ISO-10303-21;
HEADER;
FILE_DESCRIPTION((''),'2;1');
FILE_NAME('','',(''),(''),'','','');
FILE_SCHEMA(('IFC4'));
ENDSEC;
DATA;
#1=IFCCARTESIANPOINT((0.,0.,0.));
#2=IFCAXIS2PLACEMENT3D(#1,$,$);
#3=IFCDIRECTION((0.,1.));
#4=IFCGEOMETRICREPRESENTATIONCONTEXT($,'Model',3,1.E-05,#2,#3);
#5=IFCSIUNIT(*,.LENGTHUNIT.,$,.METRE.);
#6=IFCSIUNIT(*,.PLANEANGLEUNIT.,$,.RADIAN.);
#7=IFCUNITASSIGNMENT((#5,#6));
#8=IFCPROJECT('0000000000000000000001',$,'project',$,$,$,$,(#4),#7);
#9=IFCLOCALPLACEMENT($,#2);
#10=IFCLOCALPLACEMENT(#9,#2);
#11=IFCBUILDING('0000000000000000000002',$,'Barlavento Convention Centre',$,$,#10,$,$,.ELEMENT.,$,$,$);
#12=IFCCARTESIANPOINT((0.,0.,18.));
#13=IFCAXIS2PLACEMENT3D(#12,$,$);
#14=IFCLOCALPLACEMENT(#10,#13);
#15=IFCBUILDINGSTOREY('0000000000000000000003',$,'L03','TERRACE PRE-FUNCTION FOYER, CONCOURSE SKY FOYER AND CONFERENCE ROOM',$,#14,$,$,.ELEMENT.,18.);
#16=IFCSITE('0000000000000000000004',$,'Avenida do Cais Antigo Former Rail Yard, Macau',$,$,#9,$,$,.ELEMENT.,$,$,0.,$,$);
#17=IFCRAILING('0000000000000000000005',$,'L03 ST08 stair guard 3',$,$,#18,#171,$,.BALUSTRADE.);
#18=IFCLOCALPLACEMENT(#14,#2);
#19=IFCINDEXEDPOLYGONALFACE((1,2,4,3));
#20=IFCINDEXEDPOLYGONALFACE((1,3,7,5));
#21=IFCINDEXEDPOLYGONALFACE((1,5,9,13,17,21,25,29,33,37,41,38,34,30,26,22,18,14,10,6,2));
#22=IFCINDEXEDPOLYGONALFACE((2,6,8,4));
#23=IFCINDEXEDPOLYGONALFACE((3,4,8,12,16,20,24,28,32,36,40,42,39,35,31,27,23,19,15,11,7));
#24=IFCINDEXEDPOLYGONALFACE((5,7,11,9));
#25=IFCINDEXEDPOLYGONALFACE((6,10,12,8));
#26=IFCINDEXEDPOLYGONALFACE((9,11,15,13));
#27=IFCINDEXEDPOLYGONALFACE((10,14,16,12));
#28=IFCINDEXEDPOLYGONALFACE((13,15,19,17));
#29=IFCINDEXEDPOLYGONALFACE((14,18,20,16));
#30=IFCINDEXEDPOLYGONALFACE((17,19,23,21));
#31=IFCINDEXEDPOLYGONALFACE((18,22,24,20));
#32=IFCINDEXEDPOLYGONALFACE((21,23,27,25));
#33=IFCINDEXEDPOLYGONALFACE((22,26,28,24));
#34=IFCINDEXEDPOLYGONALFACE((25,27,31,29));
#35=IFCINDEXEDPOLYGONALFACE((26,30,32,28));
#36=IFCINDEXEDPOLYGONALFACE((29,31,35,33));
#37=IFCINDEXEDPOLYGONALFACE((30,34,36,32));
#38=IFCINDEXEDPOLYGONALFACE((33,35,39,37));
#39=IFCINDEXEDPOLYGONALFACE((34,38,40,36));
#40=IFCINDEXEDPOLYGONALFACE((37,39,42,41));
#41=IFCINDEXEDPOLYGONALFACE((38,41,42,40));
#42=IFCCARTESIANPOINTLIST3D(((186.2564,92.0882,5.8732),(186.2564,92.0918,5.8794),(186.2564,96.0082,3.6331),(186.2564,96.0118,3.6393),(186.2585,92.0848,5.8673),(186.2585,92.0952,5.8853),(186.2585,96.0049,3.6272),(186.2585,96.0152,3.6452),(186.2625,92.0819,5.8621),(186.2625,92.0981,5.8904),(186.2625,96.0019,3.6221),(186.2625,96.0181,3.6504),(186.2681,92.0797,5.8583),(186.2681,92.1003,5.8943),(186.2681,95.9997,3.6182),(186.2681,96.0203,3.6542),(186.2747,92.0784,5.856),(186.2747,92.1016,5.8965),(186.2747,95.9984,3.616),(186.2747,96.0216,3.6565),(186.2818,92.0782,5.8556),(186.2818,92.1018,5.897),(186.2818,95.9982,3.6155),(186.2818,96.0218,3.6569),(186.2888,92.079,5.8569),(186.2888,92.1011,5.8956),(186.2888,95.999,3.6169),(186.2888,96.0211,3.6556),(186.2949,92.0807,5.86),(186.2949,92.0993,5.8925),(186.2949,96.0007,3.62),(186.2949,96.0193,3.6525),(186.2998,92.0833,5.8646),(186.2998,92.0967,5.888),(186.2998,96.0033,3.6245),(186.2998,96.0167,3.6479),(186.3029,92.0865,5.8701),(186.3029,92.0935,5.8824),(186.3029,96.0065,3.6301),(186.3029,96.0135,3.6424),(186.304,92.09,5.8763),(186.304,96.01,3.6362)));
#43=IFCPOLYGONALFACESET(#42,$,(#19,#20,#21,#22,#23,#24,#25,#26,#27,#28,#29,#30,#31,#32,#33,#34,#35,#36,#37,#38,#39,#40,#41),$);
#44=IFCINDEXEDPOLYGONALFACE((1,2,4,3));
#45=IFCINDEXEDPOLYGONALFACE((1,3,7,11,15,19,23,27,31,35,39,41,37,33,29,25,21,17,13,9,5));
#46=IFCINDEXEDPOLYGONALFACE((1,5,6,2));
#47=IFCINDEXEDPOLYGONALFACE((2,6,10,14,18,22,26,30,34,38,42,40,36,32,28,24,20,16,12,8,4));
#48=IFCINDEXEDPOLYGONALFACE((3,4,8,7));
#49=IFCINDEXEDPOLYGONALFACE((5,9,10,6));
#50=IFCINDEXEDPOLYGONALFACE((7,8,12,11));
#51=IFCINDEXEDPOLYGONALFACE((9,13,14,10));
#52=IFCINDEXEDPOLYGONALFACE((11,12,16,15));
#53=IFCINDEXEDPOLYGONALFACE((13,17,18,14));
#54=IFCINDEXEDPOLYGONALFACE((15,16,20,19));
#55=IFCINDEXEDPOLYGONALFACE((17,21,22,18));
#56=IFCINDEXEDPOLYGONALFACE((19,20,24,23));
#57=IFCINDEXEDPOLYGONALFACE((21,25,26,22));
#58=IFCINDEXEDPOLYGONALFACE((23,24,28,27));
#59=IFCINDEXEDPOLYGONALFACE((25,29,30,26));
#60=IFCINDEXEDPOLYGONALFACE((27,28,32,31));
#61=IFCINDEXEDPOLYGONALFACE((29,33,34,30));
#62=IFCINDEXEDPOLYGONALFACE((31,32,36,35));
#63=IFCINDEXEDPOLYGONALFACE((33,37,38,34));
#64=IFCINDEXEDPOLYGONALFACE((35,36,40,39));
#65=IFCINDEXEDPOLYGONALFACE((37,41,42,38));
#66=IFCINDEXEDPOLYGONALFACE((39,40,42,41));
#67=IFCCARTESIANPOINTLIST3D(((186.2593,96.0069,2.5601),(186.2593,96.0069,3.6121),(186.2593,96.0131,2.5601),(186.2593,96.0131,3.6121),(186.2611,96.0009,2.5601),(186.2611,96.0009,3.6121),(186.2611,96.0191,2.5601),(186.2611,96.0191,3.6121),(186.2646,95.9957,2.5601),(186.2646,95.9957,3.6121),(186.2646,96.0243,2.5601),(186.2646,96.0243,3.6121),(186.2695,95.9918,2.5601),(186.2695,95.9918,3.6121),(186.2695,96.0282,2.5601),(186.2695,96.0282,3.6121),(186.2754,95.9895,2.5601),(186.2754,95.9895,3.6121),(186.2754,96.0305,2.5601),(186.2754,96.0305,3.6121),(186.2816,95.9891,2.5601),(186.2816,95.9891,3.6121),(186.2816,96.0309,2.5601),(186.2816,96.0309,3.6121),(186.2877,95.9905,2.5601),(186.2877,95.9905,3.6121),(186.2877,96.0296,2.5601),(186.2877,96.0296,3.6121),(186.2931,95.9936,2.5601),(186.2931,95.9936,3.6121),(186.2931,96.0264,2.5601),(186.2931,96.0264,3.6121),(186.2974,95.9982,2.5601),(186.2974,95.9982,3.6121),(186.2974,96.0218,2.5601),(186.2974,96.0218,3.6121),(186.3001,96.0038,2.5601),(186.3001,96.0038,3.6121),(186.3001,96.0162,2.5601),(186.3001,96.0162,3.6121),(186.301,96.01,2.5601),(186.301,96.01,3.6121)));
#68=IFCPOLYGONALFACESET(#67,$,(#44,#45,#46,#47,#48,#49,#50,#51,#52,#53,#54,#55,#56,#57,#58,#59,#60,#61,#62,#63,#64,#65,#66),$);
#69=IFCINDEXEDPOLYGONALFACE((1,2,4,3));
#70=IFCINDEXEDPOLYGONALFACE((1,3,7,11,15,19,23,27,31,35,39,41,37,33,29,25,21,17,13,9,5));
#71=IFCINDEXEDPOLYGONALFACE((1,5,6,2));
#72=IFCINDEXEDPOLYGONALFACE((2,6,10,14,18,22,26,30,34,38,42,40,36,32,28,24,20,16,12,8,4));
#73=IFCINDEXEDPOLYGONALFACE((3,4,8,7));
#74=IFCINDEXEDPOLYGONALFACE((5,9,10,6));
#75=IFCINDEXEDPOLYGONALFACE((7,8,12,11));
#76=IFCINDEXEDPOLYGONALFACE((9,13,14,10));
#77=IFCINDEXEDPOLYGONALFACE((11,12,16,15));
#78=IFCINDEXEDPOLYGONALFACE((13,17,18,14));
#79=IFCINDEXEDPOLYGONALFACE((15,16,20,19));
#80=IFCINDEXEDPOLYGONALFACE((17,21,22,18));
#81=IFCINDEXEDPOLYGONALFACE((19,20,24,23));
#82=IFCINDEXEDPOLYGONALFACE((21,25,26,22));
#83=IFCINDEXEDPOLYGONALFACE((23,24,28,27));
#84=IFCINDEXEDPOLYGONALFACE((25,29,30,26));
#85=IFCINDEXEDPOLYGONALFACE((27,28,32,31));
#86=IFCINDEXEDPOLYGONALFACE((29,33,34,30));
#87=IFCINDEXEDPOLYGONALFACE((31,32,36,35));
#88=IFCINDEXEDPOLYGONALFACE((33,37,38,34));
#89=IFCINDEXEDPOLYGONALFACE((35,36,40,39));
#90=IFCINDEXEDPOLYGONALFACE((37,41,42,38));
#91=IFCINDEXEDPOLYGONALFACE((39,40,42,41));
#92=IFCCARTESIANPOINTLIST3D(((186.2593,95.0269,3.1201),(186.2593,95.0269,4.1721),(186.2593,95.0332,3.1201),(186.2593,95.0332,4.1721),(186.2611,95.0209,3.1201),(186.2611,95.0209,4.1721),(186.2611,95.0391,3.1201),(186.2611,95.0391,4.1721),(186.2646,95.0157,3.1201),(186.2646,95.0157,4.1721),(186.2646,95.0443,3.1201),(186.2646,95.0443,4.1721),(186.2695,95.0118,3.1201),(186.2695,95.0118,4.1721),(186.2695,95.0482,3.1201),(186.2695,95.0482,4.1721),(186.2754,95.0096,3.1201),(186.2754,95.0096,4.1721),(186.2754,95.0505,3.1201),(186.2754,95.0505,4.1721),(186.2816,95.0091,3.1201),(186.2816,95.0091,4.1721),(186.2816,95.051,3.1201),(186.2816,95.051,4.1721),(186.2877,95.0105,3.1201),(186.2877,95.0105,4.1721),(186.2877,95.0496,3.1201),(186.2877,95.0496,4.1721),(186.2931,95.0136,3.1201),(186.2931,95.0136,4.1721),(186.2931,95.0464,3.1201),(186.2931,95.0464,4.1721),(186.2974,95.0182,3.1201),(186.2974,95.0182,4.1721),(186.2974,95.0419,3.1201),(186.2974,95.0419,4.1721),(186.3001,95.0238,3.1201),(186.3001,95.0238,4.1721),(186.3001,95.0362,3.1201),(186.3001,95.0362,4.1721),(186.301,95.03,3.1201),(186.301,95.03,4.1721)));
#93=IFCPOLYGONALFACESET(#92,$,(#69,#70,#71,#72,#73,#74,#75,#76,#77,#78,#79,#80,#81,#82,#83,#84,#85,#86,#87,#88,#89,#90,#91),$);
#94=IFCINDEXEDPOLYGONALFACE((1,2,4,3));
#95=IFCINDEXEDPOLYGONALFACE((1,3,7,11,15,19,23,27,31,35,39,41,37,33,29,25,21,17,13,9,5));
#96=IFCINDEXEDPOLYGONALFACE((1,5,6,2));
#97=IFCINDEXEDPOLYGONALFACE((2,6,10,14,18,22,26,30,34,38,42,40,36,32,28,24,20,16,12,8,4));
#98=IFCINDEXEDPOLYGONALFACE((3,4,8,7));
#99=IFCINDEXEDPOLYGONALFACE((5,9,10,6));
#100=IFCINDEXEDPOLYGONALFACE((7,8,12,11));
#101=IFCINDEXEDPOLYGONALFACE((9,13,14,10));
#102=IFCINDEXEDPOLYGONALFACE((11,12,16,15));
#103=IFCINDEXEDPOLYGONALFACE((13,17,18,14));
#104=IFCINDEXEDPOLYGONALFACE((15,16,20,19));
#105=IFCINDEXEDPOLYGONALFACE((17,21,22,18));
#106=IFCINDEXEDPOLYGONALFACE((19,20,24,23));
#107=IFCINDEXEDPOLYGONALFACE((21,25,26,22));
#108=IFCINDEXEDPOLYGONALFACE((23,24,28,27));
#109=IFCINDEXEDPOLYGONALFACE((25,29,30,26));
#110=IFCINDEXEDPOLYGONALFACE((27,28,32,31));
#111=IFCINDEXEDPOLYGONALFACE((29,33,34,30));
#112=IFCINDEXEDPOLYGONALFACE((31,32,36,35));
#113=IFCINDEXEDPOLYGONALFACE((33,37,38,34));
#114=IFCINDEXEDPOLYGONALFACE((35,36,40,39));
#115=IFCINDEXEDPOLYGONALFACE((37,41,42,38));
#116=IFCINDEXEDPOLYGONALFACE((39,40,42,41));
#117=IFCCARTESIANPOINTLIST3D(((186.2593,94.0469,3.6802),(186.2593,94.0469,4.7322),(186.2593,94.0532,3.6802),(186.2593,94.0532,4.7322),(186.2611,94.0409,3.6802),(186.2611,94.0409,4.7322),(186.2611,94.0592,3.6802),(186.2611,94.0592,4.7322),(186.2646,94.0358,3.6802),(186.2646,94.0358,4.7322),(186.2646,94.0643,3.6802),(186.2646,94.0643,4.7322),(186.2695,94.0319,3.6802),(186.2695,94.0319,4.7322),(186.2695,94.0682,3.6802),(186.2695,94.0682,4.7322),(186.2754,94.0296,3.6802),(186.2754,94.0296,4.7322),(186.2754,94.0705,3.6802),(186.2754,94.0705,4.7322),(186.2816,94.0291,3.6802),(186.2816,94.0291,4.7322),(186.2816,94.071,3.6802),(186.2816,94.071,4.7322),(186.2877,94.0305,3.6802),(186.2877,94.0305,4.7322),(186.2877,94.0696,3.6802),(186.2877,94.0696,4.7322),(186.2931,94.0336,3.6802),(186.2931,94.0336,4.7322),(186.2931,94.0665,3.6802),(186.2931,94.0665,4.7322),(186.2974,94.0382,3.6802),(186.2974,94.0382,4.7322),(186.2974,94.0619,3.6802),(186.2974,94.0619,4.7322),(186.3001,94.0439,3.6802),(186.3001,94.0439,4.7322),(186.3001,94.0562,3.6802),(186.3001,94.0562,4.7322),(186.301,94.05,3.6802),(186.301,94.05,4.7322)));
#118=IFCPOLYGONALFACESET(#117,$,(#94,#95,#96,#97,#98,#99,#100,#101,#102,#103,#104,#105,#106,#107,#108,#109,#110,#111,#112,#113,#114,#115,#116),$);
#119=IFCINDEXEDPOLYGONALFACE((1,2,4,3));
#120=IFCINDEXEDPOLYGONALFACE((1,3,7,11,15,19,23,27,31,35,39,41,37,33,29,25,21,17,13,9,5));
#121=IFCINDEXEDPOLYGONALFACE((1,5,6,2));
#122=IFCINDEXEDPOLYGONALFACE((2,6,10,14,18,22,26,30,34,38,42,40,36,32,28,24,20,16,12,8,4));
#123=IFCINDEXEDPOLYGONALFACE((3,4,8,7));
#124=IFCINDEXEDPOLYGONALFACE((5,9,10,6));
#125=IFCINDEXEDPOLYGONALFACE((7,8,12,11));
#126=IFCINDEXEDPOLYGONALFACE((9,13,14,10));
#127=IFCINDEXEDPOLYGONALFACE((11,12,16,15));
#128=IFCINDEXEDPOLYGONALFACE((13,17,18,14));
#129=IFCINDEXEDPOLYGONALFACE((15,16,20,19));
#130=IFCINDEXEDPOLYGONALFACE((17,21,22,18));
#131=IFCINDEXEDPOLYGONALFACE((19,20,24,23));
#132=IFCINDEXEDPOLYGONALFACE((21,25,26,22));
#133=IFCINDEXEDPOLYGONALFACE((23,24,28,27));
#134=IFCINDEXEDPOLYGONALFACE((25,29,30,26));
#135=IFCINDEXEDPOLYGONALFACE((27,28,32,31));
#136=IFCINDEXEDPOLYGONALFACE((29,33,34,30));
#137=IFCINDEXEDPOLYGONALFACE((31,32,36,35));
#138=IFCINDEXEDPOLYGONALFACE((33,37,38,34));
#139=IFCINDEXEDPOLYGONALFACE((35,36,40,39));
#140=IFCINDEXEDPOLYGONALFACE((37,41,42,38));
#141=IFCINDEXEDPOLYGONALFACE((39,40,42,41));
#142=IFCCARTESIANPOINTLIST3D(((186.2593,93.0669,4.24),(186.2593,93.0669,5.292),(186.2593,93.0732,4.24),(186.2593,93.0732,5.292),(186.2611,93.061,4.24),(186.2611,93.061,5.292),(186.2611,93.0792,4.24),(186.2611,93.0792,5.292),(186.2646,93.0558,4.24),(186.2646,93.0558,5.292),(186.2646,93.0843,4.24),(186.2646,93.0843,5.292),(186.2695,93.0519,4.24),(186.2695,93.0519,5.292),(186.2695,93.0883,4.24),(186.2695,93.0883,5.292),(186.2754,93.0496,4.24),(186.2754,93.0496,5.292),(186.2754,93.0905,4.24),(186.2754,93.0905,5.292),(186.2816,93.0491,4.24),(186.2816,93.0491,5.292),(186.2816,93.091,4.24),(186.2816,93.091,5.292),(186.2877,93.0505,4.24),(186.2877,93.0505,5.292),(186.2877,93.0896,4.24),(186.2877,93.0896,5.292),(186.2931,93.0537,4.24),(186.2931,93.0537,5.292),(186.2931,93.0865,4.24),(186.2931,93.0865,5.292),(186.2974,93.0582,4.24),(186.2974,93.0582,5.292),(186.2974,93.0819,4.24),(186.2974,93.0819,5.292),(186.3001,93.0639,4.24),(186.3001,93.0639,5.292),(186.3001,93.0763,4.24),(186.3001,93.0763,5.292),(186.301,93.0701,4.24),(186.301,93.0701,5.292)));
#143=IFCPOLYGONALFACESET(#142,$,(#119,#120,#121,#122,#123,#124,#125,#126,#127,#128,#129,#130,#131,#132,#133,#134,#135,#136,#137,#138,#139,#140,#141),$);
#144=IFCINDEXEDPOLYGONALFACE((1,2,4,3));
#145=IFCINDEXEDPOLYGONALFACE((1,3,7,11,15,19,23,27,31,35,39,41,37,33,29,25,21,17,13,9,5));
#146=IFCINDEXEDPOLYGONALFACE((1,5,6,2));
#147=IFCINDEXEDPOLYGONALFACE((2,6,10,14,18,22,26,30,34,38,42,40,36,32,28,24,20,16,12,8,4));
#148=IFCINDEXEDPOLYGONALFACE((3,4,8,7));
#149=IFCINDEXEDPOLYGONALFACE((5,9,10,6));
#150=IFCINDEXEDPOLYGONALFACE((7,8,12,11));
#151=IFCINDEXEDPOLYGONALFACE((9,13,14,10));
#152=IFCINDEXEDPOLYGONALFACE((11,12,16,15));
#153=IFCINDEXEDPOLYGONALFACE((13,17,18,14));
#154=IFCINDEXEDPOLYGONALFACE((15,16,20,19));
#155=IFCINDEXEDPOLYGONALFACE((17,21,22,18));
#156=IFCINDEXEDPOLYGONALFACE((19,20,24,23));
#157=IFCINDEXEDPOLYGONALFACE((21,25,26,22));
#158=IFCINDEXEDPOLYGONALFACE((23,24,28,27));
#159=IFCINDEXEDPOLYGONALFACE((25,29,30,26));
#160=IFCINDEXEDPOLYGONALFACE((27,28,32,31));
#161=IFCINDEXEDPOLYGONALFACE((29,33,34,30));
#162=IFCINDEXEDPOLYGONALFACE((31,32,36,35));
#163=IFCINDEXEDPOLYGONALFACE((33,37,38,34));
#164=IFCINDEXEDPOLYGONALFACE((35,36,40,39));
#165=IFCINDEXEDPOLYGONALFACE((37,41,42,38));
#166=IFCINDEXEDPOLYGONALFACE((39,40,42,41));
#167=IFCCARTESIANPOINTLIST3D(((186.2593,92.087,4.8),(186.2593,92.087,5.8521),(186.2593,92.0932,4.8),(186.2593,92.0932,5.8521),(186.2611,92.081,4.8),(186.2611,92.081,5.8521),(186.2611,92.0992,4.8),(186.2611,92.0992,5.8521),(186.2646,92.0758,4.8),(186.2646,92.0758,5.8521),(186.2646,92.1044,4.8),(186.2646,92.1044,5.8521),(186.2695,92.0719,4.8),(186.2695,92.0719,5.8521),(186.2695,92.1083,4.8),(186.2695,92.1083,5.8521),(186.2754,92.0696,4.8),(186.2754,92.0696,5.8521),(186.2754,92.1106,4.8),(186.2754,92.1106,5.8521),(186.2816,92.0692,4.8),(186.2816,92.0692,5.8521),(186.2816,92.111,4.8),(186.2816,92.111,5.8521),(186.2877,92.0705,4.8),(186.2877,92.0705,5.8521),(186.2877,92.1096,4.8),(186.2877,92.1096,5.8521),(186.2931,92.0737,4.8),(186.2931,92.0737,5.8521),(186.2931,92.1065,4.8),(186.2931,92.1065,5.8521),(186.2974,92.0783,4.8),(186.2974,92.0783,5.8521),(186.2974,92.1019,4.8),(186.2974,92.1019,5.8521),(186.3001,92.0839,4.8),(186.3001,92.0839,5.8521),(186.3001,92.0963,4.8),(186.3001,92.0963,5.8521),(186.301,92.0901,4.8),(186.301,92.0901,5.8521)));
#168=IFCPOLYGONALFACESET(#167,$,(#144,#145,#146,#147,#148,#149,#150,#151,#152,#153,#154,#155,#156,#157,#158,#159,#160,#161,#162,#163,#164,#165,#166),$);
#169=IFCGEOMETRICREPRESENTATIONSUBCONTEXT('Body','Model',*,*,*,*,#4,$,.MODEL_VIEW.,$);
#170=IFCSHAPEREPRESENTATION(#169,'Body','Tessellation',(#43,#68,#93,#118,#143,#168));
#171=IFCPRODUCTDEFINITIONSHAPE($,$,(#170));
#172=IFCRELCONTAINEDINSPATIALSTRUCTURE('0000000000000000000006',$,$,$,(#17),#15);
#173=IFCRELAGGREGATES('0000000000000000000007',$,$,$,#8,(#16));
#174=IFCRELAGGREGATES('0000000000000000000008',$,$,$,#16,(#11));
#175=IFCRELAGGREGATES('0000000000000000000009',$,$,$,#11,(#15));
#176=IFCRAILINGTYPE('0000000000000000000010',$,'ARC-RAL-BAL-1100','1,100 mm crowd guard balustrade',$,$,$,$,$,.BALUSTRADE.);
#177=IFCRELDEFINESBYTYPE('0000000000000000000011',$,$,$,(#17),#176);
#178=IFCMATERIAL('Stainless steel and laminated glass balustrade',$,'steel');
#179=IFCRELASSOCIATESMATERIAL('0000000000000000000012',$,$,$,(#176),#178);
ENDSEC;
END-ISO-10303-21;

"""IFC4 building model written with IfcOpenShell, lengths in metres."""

from ifc_helpers import new_model, si_unit, direction, frame, origin, origin_2d, place, context, subcontext, project, spatial, circle, extrude, material, type_object, element, save


model = new_model("IFC4")

# Units and contexts
model_context = context("Model", 3, precision=1e-05, world=origin(), true_north=direction((0.0, 1.0)))
body_context = subcontext(model_context, "Body", "Model", "MODEL_VIEW")
ifc_project = project(units=[si_unit("LENGTHUNIT", "METRE"), si_unit("PLANEANGLEUNIT", "RADIAN")], contexts=[model_context])

# Site, building, storey
site_placement = place(None, origin())
site = spatial("IfcSite", under=ifc_project, at=site_placement, Name="Avenida do Cais Antigo Former Rail Yard, Macau", CompositionType="ELEMENT", RefElevation=0.0)
building_placement = place(site_placement, origin())
building = spatial("IfcBuilding", under=site, at=building_placement, Name="Barlavento Convention Centre", CompositionType="ELEMENT")
storey_placement = place(building_placement, frame((0.0, 0.0, 18.0)))
storey = spatial("IfcBuildingStorey", under=building, at=storey_placement, Name="L03", Description="TERRACE PRE-FUNCTION FOYER, CONCOURSE SKY FOYER AND CONFERENCE ROOM", CompositionType="ELEMENT", Elevation=18.0)

# Railing
ifc_material_1 = material(Name="Stainless steel and laminated glass balustrade", Category="steel")
railing_type_1 = type_object("IfcRailingType", Name="ARC-RAL-BAL-1100", Description="1,100 mm crowd guard balustrade", PredefinedType="BALUSTRADE", material=ifc_material_1)
railing_1_placement = place(storey_placement, frame((186.28, 96.01, 2.5601)))
element("IfcRailing", 1, at=railing_1_placement, inside=storey, type_object=railing_type_1, Name="L03 ST08 stair guard 3", PredefinedType="BALUSTRADE", context=body_context, shape_type="SweptSolid", body=[
    extrude(circle(Radius=0.0239, at=origin_2d()), frame((0.0, 0.0, 1.0762), z_axis=(0.0, -0.86824, 0.496145), x_axis=(1.0, 0.0, 0.0)), (0.0, 0.0, 1.0), 4.5149),
    extrude(circle(Radius=0.021, at=origin_2d()), origin(), (0.0, 0.0, 1.0), 1.052),
    extrude(circle(Radius=0.021, at=origin_2d()), frame((0.0, -0.98, 0.5601)), (0.0, 0.0, 1.0), 1.052),
    extrude(circle(Radius=0.021, at=origin_2d()), frame((0.0, -1.96, 1.1201)), (0.0, 0.0, 1.0), 1.052),
    extrude(circle(Radius=0.021, at=origin_2d()), frame((0.0, -2.9399, 1.6799)), (0.0, 0.0, 1.0), 1.052),
    extrude(circle(Radius=0.021, at=origin_2d()), frame((0.0, -3.9199, 2.24)), (0.0, 0.0, 1.0), 1.052),
])

save(model, "model.ifc")
